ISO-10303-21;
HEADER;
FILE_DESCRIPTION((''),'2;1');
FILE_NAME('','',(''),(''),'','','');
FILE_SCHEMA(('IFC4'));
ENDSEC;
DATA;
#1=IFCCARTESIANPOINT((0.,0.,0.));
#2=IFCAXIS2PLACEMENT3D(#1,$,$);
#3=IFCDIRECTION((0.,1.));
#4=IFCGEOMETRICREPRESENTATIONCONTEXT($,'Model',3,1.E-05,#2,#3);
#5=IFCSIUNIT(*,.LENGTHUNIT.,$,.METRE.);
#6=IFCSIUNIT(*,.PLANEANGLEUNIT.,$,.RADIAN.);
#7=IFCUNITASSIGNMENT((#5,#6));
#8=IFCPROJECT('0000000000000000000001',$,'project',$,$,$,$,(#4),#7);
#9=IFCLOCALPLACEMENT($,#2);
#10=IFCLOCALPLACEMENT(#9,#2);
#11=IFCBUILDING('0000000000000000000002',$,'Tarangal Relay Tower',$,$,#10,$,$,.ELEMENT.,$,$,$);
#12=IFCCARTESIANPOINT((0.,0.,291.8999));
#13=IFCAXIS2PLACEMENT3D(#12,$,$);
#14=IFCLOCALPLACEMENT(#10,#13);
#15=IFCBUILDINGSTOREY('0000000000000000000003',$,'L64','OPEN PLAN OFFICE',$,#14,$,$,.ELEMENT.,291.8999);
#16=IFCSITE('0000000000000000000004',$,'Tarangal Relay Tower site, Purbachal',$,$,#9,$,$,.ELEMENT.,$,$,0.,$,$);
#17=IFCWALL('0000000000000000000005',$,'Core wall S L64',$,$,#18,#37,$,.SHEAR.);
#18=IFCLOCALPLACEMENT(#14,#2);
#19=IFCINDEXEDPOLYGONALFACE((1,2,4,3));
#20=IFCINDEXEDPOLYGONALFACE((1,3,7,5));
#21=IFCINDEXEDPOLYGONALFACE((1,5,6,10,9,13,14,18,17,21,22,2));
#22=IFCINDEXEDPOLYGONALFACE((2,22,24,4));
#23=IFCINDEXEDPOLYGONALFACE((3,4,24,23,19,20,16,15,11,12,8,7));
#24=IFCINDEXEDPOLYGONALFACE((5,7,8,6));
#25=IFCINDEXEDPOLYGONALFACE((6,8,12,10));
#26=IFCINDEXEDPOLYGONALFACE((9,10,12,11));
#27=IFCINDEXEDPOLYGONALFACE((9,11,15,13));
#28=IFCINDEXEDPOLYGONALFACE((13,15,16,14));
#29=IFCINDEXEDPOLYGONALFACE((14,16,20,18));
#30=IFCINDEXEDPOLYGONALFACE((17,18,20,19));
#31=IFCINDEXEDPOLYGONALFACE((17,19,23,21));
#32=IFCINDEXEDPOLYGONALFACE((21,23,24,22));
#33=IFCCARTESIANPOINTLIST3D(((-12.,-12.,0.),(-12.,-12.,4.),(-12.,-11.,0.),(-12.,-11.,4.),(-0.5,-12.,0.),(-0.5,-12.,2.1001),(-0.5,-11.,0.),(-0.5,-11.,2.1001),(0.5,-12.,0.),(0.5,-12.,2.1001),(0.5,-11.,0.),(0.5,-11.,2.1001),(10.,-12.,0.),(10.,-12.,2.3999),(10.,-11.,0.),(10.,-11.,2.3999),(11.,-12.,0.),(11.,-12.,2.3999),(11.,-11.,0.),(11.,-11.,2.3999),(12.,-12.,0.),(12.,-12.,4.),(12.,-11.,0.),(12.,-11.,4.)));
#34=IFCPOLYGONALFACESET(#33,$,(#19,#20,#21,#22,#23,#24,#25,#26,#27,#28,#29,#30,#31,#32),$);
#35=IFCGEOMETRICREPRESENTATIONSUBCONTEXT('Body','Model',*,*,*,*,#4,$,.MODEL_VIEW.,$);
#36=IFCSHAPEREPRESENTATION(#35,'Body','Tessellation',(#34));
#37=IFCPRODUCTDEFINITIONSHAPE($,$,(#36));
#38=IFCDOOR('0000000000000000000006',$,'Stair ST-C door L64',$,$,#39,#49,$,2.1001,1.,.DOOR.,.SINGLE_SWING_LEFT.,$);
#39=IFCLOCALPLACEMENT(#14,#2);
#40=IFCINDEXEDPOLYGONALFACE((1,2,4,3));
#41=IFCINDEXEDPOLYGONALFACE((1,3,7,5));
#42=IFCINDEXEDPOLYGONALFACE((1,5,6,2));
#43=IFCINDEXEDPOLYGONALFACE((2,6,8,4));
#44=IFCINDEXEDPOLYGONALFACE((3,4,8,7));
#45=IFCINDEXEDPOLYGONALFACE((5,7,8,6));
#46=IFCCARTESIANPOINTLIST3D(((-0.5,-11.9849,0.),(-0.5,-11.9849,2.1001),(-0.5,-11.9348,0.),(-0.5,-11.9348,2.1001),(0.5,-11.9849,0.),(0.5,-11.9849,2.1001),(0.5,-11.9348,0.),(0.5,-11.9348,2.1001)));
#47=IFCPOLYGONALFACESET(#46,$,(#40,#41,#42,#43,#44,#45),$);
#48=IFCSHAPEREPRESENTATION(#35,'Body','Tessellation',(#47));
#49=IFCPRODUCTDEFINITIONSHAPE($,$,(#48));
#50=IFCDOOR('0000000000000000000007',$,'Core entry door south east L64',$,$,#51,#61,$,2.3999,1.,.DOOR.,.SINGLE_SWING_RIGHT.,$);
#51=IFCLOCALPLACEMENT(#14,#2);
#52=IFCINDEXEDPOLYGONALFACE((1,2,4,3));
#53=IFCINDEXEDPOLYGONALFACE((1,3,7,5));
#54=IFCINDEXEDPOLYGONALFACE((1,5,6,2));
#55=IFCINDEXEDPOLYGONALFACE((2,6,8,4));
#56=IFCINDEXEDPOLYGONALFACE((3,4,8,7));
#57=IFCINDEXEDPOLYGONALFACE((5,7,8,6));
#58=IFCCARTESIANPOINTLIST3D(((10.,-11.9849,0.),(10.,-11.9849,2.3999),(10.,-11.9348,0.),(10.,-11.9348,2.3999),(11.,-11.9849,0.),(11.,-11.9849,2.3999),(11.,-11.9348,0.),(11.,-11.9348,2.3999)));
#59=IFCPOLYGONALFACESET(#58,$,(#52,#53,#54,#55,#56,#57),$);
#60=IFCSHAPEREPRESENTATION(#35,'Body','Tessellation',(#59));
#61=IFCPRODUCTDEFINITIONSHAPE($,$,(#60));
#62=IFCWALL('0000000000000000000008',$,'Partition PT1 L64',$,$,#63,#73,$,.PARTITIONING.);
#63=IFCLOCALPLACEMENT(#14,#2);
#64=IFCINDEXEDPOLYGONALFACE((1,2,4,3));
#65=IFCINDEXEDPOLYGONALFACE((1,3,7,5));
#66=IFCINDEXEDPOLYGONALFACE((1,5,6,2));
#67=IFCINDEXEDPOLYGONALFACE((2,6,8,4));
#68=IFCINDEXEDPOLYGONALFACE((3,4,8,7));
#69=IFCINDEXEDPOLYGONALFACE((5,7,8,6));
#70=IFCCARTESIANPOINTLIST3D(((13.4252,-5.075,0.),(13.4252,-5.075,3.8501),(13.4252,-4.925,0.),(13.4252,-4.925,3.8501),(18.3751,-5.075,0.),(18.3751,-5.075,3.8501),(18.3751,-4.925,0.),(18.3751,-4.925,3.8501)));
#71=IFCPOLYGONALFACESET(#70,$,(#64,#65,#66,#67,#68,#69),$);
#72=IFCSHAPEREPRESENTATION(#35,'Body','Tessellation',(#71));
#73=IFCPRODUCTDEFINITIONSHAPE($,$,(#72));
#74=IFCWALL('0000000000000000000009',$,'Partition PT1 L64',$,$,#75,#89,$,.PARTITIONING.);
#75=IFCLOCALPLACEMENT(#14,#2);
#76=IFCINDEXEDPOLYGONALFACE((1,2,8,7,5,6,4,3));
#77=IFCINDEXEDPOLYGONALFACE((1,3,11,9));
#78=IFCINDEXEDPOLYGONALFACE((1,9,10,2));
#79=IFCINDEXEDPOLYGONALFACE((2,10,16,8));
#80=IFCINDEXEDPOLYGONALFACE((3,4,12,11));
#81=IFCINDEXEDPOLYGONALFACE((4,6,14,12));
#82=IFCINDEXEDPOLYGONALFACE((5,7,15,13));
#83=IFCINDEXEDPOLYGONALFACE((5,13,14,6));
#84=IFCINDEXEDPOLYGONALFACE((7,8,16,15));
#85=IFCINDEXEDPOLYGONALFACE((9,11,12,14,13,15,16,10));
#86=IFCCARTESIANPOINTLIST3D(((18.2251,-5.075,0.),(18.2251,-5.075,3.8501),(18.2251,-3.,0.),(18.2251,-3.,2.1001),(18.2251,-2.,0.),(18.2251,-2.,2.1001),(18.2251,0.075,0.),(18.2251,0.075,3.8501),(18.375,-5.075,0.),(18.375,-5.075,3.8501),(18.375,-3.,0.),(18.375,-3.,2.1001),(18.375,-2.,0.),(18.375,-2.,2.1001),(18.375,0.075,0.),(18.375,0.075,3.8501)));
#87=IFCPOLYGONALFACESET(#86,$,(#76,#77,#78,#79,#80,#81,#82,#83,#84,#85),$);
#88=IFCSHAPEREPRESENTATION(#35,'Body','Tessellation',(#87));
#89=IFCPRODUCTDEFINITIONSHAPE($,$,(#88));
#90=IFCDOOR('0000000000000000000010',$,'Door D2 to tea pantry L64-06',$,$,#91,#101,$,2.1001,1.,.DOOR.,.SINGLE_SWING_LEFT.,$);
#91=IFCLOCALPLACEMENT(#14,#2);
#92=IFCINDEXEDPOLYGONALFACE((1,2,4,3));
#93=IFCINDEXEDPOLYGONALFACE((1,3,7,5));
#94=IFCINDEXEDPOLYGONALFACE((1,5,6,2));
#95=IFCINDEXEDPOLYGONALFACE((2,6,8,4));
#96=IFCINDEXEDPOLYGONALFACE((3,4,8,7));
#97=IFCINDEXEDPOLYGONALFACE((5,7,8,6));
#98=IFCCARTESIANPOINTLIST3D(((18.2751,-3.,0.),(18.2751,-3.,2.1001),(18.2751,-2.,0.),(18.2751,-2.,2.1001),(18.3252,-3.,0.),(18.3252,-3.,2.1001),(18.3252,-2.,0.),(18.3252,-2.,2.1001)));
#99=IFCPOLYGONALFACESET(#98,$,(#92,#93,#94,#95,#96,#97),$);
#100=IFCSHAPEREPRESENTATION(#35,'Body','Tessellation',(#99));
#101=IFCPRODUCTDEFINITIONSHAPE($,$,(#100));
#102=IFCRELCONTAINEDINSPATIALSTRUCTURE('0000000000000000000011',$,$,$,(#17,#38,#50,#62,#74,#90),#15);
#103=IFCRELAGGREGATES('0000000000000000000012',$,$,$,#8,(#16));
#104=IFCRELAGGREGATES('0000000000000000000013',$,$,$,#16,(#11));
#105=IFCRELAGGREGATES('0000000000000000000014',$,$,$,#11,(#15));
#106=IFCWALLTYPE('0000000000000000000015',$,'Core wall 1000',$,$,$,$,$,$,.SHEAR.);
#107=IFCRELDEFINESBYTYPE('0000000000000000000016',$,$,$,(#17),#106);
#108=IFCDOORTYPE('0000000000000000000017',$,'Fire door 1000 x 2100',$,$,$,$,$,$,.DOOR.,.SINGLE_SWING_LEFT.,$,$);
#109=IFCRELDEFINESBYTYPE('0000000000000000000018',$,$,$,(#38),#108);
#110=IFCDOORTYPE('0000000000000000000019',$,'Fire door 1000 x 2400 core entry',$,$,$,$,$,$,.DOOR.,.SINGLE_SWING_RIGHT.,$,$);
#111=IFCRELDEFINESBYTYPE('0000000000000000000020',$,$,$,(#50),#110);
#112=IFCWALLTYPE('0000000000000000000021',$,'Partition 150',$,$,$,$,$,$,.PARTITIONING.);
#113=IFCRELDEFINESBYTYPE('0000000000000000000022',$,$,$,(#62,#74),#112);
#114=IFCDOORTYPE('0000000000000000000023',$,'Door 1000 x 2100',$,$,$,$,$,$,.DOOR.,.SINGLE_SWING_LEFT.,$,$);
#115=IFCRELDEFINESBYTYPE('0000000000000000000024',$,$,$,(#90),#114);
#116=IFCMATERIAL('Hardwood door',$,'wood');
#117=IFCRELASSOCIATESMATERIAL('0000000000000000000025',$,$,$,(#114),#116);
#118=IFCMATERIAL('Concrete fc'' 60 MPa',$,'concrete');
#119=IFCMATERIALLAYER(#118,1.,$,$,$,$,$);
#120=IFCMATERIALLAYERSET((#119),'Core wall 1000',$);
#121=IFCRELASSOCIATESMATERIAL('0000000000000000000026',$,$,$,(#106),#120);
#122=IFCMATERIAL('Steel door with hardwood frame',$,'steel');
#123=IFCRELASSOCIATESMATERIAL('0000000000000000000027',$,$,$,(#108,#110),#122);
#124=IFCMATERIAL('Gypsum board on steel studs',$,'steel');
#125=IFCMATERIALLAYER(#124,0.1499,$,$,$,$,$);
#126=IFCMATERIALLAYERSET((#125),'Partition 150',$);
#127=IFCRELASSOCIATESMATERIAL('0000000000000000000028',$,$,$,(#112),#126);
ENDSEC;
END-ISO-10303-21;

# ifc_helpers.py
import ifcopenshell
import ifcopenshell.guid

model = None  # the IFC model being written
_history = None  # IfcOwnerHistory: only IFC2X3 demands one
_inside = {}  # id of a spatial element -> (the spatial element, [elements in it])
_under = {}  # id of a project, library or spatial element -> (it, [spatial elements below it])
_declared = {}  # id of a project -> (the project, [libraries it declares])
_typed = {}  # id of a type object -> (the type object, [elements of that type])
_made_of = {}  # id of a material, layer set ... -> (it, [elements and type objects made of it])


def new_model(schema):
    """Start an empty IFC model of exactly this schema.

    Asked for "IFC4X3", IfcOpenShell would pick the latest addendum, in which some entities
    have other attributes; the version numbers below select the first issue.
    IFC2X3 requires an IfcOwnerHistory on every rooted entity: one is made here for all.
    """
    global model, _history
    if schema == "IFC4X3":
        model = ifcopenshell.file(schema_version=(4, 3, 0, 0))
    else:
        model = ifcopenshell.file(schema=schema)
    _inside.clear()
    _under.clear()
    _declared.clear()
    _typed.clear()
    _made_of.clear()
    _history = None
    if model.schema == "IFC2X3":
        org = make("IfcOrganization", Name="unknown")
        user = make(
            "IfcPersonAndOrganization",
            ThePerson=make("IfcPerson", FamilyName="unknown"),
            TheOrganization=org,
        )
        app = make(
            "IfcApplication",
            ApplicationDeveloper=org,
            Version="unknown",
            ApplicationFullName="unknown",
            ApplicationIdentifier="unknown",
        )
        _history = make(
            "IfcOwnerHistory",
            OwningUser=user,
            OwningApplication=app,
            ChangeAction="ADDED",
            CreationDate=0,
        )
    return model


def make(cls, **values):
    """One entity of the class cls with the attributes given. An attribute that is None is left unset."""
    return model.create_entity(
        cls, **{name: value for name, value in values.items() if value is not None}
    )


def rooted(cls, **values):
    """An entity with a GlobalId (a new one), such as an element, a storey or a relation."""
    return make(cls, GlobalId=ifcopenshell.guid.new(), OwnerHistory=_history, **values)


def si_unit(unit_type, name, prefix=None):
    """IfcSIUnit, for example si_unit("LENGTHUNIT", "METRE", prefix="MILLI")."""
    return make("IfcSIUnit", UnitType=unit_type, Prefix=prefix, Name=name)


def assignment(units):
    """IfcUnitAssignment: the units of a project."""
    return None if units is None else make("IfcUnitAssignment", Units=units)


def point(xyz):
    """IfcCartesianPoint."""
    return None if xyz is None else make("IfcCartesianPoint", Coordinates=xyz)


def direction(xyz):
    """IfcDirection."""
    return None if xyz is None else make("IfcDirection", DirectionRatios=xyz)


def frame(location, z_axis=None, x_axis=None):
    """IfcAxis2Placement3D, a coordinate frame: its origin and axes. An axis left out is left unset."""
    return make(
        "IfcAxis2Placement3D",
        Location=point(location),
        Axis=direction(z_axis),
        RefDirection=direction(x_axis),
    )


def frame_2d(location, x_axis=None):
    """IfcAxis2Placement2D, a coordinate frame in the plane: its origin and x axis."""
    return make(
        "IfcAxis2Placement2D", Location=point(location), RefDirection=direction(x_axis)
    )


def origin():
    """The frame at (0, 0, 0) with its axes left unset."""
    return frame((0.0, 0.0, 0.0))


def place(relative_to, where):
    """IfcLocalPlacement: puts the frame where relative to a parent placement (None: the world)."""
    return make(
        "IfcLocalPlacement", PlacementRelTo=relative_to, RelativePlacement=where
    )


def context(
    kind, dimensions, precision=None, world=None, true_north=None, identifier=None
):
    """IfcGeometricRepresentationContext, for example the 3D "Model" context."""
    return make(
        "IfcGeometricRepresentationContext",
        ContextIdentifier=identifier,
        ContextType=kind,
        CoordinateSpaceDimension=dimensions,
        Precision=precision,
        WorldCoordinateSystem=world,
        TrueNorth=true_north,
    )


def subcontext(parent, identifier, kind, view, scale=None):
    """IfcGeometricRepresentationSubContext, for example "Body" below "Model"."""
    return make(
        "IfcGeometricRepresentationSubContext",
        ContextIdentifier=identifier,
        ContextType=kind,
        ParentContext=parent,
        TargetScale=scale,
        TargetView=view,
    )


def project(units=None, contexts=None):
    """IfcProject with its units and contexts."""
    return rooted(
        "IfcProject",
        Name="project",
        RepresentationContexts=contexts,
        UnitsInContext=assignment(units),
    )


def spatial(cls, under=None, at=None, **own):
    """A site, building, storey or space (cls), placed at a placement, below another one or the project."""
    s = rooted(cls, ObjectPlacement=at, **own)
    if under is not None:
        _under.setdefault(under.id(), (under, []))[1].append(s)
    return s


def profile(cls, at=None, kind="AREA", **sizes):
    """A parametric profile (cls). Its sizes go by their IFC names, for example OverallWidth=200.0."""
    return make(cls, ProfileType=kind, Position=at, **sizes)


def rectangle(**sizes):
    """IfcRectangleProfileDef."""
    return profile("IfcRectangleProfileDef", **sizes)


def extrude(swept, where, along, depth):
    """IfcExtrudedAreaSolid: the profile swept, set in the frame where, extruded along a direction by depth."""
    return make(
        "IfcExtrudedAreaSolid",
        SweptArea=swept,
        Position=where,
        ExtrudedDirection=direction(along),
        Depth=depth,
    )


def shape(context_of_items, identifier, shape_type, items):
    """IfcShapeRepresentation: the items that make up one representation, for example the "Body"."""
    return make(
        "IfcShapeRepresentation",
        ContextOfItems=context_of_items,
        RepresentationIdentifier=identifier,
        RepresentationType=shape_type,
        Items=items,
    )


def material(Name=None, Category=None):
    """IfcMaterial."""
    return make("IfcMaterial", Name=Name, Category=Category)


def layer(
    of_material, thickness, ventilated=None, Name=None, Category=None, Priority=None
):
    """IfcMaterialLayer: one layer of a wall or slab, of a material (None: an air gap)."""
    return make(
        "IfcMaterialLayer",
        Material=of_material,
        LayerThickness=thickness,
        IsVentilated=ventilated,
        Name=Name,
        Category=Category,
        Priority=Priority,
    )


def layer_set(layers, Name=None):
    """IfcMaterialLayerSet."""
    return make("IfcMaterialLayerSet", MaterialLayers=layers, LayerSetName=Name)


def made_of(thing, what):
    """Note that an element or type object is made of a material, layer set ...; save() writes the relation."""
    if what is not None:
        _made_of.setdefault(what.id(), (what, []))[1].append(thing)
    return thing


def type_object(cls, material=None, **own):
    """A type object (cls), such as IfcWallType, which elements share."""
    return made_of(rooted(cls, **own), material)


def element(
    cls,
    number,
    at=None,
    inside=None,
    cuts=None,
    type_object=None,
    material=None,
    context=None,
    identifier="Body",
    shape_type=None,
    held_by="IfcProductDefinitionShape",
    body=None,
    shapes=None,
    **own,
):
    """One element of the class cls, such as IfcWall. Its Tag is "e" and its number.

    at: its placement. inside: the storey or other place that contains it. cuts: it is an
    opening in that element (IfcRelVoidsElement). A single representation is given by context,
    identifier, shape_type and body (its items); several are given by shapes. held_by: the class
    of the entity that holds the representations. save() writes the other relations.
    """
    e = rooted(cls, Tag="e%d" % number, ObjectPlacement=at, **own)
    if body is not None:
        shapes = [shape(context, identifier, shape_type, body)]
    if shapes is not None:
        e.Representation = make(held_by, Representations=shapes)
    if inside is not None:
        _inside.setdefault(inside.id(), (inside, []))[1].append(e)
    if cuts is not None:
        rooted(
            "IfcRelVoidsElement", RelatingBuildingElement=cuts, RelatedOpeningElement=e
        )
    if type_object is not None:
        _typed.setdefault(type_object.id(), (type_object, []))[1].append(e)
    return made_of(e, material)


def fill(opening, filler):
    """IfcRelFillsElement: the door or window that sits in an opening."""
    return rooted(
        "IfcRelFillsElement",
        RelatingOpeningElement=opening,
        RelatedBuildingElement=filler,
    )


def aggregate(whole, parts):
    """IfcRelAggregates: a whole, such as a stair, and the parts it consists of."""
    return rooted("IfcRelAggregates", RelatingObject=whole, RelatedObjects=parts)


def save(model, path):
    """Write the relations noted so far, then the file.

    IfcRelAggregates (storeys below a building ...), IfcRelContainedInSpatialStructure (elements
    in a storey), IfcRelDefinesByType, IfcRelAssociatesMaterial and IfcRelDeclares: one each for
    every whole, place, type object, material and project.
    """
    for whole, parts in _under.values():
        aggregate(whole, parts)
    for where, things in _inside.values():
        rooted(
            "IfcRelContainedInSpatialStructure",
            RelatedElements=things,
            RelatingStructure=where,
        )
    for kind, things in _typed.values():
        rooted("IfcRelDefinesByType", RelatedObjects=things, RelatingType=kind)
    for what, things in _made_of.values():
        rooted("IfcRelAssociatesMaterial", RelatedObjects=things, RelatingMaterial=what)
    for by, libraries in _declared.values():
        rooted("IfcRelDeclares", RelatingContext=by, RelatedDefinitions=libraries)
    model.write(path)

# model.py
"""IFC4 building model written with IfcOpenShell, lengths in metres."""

from ifc_helpers import new_model, si_unit, direction, frame, frame_2d, origin, place, context, subcontext, project, spatial, rectangle, extrude, material, layer, layer_set, type_object, element, fill, save


model = new_model("IFC4")

# Units and contexts
model_context = context("Model", 3, precision=1e-05, world=origin(), true_north=direction((0.0, 1.0)))
body_context = subcontext(model_context, "Body", "Model", "MODEL_VIEW")
ifc_project = project(units=[si_unit("LENGTHUNIT", "METRE"), si_unit("PLANEANGLEUNIT", "RADIAN")], contexts=[model_context])

# Site, building, storey
site_placement = place(None, origin())
site = spatial("IfcSite", under=ifc_project, at=site_placement, Name="Tarangal Relay Tower site, Purbachal", CompositionType="ELEMENT", RefElevation=0.0)
building_placement = place(site_placement, origin())
building = spatial("IfcBuilding", under=site, at=building_placement, Name="Tarangal Relay Tower", CompositionType="ELEMENT")
storey_placement = place(building_placement, frame((0.0, 0.0, 291.8999)))
storey = spatial("IfcBuildingStorey", under=building, at=storey_placement, Name="L64", Description="OPEN PLAN OFFICE", CompositionType="ELEMENT", Elevation=291.8999)

# Shared definitions
ifc_material_1 = material(Name="Hardwood door", Category="wood")
door_type_1 = type_object("IfcDoorType", Name="Door 1000 x 2100", OperationType="SINGLE_SWING_LEFT", PredefinedType="DOOR", material=ifc_material_1)

# Wall, openings, doors
ifc_material_2 = material(Name="Concrete fc' 60 MPa", Category="concrete")
ifc_layer_1 = layer(ifc_material_2, 1.0)
ifc_layer_set_1 = layer_set([ifc_layer_1], Name="Core wall 1000")
wall_type_1 = type_object("IfcWallType", Name="Core wall 1000", PredefinedType="SHEAR", material=ifc_layer_set_1)
wall_1_placement = place(storey_placement, frame((12.0, -11.5, 0.0), z_axis=(0.0, 0.0, 1.0), x_axis=(-1.0, 0.0, 0.0)))
wall_1 = element("IfcWall", 1, at=wall_1_placement, inside=storey, type_object=wall_type_1, Name="Core wall S L64", PredefinedType="SHEAR", context=body_context, shape_type="SweptSolid", body=[
    extrude(rectangle(XDim=24.0, YDim=1.0, at=frame_2d((12.0, 0.0))), origin(), (0.0, 0.0, 1.0), 4.0),
])
opening_1_placement = place(wall_1_placement, frame((11.5, 0.0, 0.0)))
opening_1 = element("IfcOpeningElement", 2, at=opening_1_placement, cuts=wall_1, PredefinedType="OPENING", context=body_context, shape_type="SweptSolid", body=[
    extrude(rectangle(XDim=1.0, YDim=2.1001, at=frame_2d((0.5, 1.05))), frame((0.0, 0.51, 0.0), z_axis=(0.0, -1.0, 0.0), x_axis=(1.0, 0.0, 0.0)), (0.0, 0.0, 1.0), 1.02),
])
opening_2_placement = place(wall_1_placement, frame((1.0, 0.0, 0.0)))
opening_2 = element("IfcOpeningElement", 3, at=opening_2_placement, cuts=wall_1, PredefinedType="OPENING", context=body_context, shape_type="SweptSolid", body=[
    extrude(rectangle(XDim=1.0, YDim=2.3999, at=frame_2d((0.5, 1.2))), frame((0.0, 0.51, 0.0), z_axis=(0.0, -1.0, 0.0), x_axis=(1.0, 0.0, 0.0)), (0.0, 0.0, 1.0), 1.02),
])
ifc_material_3 = material(Name="Steel door with hardwood frame", Category="steel")
door_type_2 = type_object("IfcDoorType", Name="Fire door 1000 x 2100", OperationType="SINGLE_SWING_LEFT", PredefinedType="DOOR", material=ifc_material_3)
door_1_placement = place(opening_1_placement, origin())
door_1 = element("IfcDoor", 4, at=door_1_placement, inside=storey, type_object=door_type_2, Name="Stair ST-C door L64", OperationType="SINGLE_SWING_LEFT", OverallHeight=2.1001, OverallWidth=1.0, PredefinedType="DOOR", context=body_context, shape_type="SweptSolid", body=[
    extrude(rectangle(XDim=1.0, YDim=2.1001, at=frame_2d((0.5, 1.05))), frame((0.0, 0.4849, 0.0), z_axis=(0.0, -1.0, 0.0), x_axis=(1.0, 0.0, 0.0)), (0.0, 0.0, 1.0), 0.05),
])
fill(opening_1, door_1)
door_type_3 = type_object("IfcDoorType", Name="Fire door 1000 x 2400 core entry", OperationType="SINGLE_SWING_RIGHT", PredefinedType="DOOR", material=ifc_material_3)
door_2_placement = place(opening_2_placement, origin())
door_2 = element("IfcDoor", 5, at=door_2_placement, inside=storey, type_object=door_type_3, Name="Core entry door south east L64", OperationType="SINGLE_SWING_RIGHT", OverallHeight=2.3999, OverallWidth=1.0, PredefinedType="DOOR", context=body_context, shape_type="SweptSolid", body=[
    extrude(rectangle(XDim=1.0, YDim=2.3999, at=frame_2d((0.5, 1.2))), frame((0.0, 0.4849, 0.0), z_axis=(0.0, -1.0, 0.0), x_axis=(1.0, 0.0, 0.0)), (0.0, 0.0, 1.0), 0.05),
])
fill(opening_2, door_2)

# Wall
ifc_material_4 = material(Name="Gypsum board on steel studs", Category="steel")
ifc_layer_2 = layer(ifc_material_4, 0.1499)
ifc_layer_set_2 = layer_set([ifc_layer_2], Name="Partition 150")
wall_type_2 = type_object("IfcWallType", Name="Partition 150", PredefinedType="PARTITIONING", material=ifc_layer_set_2)
wall_2_placement = place(storey_placement, frame((13.425, -5.0, 0.0), z_axis=(0.0, 0.0, 1.0), x_axis=(1.0, 0.0, 0.0)))
element("IfcWall", 6, at=wall_2_placement, inside=storey, type_object=wall_type_2, Name="Partition PT1 L64", PredefinedType="PARTITIONING", context=body_context, shape_type="SweptSolid", body=[
    extrude(rectangle(XDim=4.95, YDim=0.1499, at=frame_2d((2.4751, 0.0))), origin(), (0.0, 0.0, 1.0), 3.8501),
])

# Wall, opening, door
wall_3_placement = place(storey_placement, frame((18.3, -5.075, 0.0), z_axis=(0.0, 0.0, 1.0), x_axis=(0.0, 1.0, 0.0)))
wall_3 = element("IfcWall", 7, at=wall_3_placement, inside=storey, type_object=wall_type_2, Name="Partition PT1 L64", PredefinedType="PARTITIONING", context=body_context, shape_type="SweptSolid", body=[
    extrude(rectangle(XDim=5.1499, YDim=0.1499, at=frame_2d((2.575, 0.0))), origin(), (0.0, 0.0, 1.0), 3.8501),
])
opening_3_placement = place(wall_3_placement, frame((2.075, 0.0, 0.0)))
opening_3 = element("IfcOpeningElement", 8, at=opening_3_placement, cuts=wall_3, PredefinedType="OPENING", context=body_context, shape_type="SweptSolid", body=[
    extrude(rectangle(XDim=1.0, YDim=2.1001, at=frame_2d((0.5, 1.05))), frame((0.0, 0.085, 0.0), z_axis=(0.0, -1.0, 0.0), x_axis=(1.0, 0.0, 0.0)), (0.0, 0.0, 1.0), 0.1699),
])
door_3_placement = place(opening_3_placement, origin())
door_3 = element("IfcDoor", 9, at=door_3_placement, inside=storey, type_object=door_type_1, Name="Door D2 to tea pantry L64-06", OperationType="SINGLE_SWING_LEFT", OverallHeight=2.1001, OverallWidth=1.0, PredefinedType="DOOR", context=body_context, shape_type="SweptSolid", body=[
    extrude(rectangle(XDim=1.0, YDim=2.1001, at=frame_2d((0.5, 1.05))), frame((0.0, 0.0249, 0.0), z_axis=(0.0, -1.0, 0.0), x_axis=(1.0, 0.0, 0.0)), (0.0, 0.0, 1.0), 0.05),
])
fill(opening_3, door_3)

save(model, "model.ifc")
